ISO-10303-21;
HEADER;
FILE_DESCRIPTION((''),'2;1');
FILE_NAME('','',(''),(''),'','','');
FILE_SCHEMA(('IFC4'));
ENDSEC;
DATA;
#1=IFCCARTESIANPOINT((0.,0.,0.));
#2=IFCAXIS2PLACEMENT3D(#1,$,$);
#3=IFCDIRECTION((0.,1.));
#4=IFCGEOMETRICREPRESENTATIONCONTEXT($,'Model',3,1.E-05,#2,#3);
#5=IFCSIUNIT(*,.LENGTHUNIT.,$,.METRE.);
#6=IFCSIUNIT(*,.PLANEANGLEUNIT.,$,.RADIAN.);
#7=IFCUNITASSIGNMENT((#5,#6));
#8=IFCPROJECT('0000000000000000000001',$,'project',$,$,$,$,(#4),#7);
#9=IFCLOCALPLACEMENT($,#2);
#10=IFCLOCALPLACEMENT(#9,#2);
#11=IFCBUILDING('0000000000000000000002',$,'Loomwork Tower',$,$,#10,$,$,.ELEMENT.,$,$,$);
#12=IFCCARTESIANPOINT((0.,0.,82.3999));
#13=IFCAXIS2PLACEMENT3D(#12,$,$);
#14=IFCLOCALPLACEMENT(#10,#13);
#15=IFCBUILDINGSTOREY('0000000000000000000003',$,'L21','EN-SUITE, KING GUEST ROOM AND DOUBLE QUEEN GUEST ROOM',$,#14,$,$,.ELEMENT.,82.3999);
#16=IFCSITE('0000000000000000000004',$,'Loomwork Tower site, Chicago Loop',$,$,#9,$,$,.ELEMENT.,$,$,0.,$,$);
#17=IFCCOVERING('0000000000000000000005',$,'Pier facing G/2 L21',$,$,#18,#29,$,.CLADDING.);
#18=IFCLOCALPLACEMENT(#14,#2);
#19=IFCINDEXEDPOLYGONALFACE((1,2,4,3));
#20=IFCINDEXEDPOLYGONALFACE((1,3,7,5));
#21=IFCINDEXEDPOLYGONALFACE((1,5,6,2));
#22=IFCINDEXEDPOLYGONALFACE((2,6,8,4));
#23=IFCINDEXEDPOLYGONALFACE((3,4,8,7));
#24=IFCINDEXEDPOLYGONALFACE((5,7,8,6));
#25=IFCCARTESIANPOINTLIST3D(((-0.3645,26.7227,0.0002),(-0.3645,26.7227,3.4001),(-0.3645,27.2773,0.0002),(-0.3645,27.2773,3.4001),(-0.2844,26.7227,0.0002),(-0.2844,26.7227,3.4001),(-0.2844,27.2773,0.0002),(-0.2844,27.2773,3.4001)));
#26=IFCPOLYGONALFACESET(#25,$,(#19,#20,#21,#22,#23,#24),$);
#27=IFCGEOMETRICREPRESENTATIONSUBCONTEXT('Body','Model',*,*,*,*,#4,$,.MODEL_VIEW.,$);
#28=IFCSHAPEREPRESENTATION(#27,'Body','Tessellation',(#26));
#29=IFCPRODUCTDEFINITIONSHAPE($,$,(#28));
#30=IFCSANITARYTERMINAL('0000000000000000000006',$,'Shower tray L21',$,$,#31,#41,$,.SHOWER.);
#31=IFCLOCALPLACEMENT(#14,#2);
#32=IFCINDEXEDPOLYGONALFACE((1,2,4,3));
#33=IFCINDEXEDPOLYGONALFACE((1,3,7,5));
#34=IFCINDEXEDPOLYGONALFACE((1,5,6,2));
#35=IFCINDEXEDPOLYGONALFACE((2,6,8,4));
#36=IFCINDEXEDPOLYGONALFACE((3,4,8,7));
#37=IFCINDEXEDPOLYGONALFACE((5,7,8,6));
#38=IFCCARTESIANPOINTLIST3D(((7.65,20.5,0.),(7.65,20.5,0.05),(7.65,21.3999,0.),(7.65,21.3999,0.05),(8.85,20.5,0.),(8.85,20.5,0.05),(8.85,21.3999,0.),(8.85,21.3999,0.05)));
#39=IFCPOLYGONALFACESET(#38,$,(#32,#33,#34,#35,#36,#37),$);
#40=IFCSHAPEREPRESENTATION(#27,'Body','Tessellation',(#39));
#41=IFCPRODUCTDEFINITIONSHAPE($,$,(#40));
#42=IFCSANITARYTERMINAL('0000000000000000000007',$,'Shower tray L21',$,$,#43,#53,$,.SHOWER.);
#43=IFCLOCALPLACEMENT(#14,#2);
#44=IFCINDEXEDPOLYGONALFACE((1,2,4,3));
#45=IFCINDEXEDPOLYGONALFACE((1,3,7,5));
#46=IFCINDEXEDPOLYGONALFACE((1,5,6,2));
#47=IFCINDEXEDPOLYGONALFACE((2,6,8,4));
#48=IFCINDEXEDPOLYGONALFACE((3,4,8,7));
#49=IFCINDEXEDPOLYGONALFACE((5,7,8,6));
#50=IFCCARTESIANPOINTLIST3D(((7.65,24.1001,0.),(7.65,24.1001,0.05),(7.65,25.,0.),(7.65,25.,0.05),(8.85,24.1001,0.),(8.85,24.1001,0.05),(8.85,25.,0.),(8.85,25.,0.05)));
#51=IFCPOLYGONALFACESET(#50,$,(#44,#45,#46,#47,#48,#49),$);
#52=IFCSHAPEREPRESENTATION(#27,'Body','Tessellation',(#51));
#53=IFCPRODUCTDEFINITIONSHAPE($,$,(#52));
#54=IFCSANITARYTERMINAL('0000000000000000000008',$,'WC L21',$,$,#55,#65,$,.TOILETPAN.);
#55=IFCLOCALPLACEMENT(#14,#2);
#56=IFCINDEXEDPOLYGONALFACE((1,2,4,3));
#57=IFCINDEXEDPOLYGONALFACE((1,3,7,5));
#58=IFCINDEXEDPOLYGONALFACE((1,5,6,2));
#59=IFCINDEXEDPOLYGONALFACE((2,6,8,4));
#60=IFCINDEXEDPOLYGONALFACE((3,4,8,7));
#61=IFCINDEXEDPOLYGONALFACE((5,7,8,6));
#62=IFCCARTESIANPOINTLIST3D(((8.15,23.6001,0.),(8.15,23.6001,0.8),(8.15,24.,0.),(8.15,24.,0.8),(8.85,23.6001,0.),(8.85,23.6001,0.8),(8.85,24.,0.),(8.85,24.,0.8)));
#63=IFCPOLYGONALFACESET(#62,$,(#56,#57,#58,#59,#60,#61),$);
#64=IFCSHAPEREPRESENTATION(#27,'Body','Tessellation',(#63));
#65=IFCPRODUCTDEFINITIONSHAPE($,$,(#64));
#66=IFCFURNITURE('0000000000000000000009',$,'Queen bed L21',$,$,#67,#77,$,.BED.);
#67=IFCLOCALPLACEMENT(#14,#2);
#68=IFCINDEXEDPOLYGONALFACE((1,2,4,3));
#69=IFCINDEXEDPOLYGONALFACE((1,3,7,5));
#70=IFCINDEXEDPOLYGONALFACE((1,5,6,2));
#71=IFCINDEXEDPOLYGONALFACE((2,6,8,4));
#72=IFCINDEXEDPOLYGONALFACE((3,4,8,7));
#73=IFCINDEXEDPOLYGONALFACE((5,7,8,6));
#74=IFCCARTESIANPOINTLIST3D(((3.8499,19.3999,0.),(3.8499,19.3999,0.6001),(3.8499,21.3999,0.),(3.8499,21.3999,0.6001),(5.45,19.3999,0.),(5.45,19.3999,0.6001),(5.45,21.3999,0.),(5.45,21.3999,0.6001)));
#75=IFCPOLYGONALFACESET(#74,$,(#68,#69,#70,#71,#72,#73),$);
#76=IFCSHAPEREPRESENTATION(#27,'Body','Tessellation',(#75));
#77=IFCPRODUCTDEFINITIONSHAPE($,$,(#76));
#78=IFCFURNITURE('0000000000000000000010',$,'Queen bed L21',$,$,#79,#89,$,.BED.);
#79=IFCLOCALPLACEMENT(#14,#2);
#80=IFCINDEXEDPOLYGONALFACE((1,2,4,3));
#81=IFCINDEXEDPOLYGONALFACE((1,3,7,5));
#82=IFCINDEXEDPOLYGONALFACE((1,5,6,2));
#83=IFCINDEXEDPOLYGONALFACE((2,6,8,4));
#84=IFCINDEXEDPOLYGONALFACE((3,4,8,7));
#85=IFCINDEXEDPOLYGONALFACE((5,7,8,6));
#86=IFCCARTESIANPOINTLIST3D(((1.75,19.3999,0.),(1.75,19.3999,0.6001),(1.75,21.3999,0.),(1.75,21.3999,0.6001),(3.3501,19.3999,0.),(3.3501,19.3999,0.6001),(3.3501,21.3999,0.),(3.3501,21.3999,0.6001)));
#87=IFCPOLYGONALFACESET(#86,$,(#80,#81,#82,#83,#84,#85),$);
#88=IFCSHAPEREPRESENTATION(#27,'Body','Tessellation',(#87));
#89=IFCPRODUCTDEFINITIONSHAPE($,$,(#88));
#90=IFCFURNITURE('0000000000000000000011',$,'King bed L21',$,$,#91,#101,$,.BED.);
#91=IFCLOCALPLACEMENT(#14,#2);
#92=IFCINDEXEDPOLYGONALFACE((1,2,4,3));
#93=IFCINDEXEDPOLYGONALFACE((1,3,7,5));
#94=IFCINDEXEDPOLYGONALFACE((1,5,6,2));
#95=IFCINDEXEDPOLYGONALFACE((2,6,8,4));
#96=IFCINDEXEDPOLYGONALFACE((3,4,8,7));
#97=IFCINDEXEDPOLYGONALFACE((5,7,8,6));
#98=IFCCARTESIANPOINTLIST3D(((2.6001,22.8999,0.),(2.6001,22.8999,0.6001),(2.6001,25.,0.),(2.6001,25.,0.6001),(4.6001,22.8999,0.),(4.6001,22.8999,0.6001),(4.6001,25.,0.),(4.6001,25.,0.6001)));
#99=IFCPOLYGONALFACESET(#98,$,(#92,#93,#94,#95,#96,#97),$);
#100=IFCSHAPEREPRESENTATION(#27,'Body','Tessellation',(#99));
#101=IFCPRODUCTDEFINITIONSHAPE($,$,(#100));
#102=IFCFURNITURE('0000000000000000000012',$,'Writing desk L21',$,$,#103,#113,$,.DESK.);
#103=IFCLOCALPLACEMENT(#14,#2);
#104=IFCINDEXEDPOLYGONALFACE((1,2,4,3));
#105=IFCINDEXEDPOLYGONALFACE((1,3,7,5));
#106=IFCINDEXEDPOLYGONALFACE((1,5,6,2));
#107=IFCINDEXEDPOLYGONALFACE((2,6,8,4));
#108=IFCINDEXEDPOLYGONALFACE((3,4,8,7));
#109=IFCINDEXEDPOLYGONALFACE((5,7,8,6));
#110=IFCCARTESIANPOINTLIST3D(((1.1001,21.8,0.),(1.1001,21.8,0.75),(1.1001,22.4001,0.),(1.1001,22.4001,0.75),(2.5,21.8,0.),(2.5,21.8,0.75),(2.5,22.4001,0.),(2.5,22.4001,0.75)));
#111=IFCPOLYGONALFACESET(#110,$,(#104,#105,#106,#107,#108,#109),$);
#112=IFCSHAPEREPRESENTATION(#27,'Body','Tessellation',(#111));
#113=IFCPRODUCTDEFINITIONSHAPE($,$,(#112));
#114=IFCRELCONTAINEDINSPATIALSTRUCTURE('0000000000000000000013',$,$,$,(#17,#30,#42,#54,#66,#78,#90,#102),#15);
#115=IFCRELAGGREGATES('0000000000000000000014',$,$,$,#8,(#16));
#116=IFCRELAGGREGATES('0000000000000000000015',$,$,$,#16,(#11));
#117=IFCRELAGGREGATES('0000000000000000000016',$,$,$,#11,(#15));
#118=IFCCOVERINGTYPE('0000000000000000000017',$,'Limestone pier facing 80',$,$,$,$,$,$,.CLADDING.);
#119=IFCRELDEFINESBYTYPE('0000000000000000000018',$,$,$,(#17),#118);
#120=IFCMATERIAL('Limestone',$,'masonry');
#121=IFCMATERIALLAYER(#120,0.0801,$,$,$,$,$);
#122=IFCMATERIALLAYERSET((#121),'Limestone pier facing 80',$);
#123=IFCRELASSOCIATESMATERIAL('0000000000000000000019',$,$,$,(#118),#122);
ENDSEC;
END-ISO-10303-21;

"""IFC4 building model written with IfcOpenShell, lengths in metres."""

from ifc_helpers import new_model, si_unit, direction, frame, origin, origin_2d, place, context, subcontext, project, spatial, rectangle, extrude, material, layer, layer_set, type_object, element, save


model = new_model("IFC4")

# Units and contexts
model_context = context("Model", 3, precision=1e-05, world=origin(), true_north=direction((0.0, 1.0)))
body_context = subcontext(model_context, "Body", "Model", "MODEL_VIEW")
ifc_project = project(units=[si_unit("LENGTHUNIT", "METRE"), si_unit("PLANEANGLEUNIT", "RADIAN")], contexts=[model_context])

# Site, building, storey
site_placement = place(None, origin())
site = spatial("IfcSite", under=ifc_project, at=site_placement, Name="Loomwork Tower site, Chicago Loop", CompositionType="ELEMENT", RefElevation=0.0)
building_placement = place(site_placement, origin())
building = spatial("IfcBuilding", under=site, at=building_placement, Name="Loomwork Tower", CompositionType="ELEMENT")
storey_placement = place(building_placement, frame((0.0, 0.0, 82.3999)))
storey = spatial("IfcBuildingStorey", under=building, at=storey_placement, Name="L21", Description="EN-SUITE, KING GUEST ROOM AND DOUBLE QUEEN GUEST ROOM", CompositionType="ELEMENT", Elevation=82.3999)

# Covering
ifc_material_1 = material(Name="Limestone", Category="masonry")
ifc_layer_1 = layer(ifc_material_1, 0.0801)
ifc_layer_set_1 = layer_set([ifc_layer_1], Name="Limestone pier facing 80")
covering_type = type_object("IfcCoveringType", Name="Limestone pier facing 80", PredefinedType="CLADDING", material=ifc_layer_set_1)
covering_placement = place(storey_placement, frame((-0.3245, 27.0, 0.0002), z_axis=(0.0, 0.0, 1.0), x_axis=(1.0, 0.0, 0.0)))
element("IfcCovering", 1, at=covering_placement, inside=storey, type_object=covering_type, Name="Pier facing G/2 L21", PredefinedType="CLADDING", context=body_context, shape_type="SweptSolid", body=[
    extrude(rectangle(XDim=0.0801, YDim=0.5547, at=origin_2d()), origin(), (0.0, 0.0, 1.0), 3.3999),
])

# Sanitary terminals
for number, where, z_axis, x_axis, name in (
    (2, (8.25, 20.95, 0.0), (0.0, 0.0, 1.0), (1.0, 0.0, 0.0), "Shower tray L21"),
    (3, (8.25, 24.55, 0.0), (0.0, 0.0, 1.0), (1.0, 0.0, 0.0), "Shower tray L21"),
):
    element("IfcSanitaryTerminal", number, at=place(storey_placement, frame(where, z_axis=z_axis, x_axis=x_axis)), inside=storey, Name=name, PredefinedType="SHOWER", context=body_context, shape_type="SweptSolid", body=[
        extrude(rectangle(XDim=1.2, YDim=0.8999, at=origin_2d()), origin(), (0.0, 0.0, 1.0), 0.05),
    ])
sanitary_terminal_placement = place(storey_placement, frame((8.5, 23.8, 0.0), z_axis=(0.0, 0.0, 1.0), x_axis=(1.0, 0.0, 0.0)))
element("IfcSanitaryTerminal", 4, at=sanitary_terminal_placement, inside=storey, Name="WC L21", PredefinedType="TOILETPAN", context=body_context, shape_type="SweptSolid", body=[
    extrude(rectangle(XDim=0.7, YDim=0.3999, at=origin_2d()), origin(), (0.0, 0.0, 1.0), 0.8),
])

# Furniture
for number, where, z_axis, x_axis, name in (
    (5, (4.6499, 20.3999, 0.0), (0.0, 0.0, 1.0), (1.0, 0.0, 0.0), "Queen bed L21"),
    (6, (2.55, 20.3999, 0.0), (0.0, 0.0, 1.0), (1.0, 0.0, 0.0), "Queen bed L21"),
):
    element("IfcFurniture", number, at=place(storey_placement, frame(where, z_axis=z_axis, x_axis=x_axis)), inside=storey, Name=name, PredefinedType="BED", context=body_context, shape_type="SweptSolid", body=[
        extrude(rectangle(XDim=1.6001, YDim=2.0, at=origin_2d()), origin(), (0.0, 0.0, 1.0), 0.6001),
    ])
furniture_1_placement = place(storey_placement, frame((3.6001, 23.95, 0.0), z_axis=(0.0, 0.0, 1.0), x_axis=(1.0, 0.0, 0.0)))
element("IfcFurniture", 7, at=furniture_1_placement, inside=storey, Name="King bed L21", PredefinedType="BED", context=body_context, shape_type="SweptSolid", body=[
    extrude(rectangle(XDim=2.0, YDim=2.1001, at=origin_2d()), origin(), (0.0, 0.0, 1.0), 0.6001),
])
furniture_2_placement = place(storey_placement, frame((1.8, 22.1001, 0.0), z_axis=(0.0, 0.0, 1.0), x_axis=(1.0, 0.0, 0.0)))
element("IfcFurniture", 8, at=furniture_2_placement, inside=storey, Name="Writing desk L21", PredefinedType="DESK", context=body_context, shape_type="SweptSolid", body=[
    extrude(rectangle(XDim=1.3999, YDim=0.6001, at=origin_2d()), origin(), (0.0, 0.0, 1.0), 0.75),
])

save(model, "model.ifc")
